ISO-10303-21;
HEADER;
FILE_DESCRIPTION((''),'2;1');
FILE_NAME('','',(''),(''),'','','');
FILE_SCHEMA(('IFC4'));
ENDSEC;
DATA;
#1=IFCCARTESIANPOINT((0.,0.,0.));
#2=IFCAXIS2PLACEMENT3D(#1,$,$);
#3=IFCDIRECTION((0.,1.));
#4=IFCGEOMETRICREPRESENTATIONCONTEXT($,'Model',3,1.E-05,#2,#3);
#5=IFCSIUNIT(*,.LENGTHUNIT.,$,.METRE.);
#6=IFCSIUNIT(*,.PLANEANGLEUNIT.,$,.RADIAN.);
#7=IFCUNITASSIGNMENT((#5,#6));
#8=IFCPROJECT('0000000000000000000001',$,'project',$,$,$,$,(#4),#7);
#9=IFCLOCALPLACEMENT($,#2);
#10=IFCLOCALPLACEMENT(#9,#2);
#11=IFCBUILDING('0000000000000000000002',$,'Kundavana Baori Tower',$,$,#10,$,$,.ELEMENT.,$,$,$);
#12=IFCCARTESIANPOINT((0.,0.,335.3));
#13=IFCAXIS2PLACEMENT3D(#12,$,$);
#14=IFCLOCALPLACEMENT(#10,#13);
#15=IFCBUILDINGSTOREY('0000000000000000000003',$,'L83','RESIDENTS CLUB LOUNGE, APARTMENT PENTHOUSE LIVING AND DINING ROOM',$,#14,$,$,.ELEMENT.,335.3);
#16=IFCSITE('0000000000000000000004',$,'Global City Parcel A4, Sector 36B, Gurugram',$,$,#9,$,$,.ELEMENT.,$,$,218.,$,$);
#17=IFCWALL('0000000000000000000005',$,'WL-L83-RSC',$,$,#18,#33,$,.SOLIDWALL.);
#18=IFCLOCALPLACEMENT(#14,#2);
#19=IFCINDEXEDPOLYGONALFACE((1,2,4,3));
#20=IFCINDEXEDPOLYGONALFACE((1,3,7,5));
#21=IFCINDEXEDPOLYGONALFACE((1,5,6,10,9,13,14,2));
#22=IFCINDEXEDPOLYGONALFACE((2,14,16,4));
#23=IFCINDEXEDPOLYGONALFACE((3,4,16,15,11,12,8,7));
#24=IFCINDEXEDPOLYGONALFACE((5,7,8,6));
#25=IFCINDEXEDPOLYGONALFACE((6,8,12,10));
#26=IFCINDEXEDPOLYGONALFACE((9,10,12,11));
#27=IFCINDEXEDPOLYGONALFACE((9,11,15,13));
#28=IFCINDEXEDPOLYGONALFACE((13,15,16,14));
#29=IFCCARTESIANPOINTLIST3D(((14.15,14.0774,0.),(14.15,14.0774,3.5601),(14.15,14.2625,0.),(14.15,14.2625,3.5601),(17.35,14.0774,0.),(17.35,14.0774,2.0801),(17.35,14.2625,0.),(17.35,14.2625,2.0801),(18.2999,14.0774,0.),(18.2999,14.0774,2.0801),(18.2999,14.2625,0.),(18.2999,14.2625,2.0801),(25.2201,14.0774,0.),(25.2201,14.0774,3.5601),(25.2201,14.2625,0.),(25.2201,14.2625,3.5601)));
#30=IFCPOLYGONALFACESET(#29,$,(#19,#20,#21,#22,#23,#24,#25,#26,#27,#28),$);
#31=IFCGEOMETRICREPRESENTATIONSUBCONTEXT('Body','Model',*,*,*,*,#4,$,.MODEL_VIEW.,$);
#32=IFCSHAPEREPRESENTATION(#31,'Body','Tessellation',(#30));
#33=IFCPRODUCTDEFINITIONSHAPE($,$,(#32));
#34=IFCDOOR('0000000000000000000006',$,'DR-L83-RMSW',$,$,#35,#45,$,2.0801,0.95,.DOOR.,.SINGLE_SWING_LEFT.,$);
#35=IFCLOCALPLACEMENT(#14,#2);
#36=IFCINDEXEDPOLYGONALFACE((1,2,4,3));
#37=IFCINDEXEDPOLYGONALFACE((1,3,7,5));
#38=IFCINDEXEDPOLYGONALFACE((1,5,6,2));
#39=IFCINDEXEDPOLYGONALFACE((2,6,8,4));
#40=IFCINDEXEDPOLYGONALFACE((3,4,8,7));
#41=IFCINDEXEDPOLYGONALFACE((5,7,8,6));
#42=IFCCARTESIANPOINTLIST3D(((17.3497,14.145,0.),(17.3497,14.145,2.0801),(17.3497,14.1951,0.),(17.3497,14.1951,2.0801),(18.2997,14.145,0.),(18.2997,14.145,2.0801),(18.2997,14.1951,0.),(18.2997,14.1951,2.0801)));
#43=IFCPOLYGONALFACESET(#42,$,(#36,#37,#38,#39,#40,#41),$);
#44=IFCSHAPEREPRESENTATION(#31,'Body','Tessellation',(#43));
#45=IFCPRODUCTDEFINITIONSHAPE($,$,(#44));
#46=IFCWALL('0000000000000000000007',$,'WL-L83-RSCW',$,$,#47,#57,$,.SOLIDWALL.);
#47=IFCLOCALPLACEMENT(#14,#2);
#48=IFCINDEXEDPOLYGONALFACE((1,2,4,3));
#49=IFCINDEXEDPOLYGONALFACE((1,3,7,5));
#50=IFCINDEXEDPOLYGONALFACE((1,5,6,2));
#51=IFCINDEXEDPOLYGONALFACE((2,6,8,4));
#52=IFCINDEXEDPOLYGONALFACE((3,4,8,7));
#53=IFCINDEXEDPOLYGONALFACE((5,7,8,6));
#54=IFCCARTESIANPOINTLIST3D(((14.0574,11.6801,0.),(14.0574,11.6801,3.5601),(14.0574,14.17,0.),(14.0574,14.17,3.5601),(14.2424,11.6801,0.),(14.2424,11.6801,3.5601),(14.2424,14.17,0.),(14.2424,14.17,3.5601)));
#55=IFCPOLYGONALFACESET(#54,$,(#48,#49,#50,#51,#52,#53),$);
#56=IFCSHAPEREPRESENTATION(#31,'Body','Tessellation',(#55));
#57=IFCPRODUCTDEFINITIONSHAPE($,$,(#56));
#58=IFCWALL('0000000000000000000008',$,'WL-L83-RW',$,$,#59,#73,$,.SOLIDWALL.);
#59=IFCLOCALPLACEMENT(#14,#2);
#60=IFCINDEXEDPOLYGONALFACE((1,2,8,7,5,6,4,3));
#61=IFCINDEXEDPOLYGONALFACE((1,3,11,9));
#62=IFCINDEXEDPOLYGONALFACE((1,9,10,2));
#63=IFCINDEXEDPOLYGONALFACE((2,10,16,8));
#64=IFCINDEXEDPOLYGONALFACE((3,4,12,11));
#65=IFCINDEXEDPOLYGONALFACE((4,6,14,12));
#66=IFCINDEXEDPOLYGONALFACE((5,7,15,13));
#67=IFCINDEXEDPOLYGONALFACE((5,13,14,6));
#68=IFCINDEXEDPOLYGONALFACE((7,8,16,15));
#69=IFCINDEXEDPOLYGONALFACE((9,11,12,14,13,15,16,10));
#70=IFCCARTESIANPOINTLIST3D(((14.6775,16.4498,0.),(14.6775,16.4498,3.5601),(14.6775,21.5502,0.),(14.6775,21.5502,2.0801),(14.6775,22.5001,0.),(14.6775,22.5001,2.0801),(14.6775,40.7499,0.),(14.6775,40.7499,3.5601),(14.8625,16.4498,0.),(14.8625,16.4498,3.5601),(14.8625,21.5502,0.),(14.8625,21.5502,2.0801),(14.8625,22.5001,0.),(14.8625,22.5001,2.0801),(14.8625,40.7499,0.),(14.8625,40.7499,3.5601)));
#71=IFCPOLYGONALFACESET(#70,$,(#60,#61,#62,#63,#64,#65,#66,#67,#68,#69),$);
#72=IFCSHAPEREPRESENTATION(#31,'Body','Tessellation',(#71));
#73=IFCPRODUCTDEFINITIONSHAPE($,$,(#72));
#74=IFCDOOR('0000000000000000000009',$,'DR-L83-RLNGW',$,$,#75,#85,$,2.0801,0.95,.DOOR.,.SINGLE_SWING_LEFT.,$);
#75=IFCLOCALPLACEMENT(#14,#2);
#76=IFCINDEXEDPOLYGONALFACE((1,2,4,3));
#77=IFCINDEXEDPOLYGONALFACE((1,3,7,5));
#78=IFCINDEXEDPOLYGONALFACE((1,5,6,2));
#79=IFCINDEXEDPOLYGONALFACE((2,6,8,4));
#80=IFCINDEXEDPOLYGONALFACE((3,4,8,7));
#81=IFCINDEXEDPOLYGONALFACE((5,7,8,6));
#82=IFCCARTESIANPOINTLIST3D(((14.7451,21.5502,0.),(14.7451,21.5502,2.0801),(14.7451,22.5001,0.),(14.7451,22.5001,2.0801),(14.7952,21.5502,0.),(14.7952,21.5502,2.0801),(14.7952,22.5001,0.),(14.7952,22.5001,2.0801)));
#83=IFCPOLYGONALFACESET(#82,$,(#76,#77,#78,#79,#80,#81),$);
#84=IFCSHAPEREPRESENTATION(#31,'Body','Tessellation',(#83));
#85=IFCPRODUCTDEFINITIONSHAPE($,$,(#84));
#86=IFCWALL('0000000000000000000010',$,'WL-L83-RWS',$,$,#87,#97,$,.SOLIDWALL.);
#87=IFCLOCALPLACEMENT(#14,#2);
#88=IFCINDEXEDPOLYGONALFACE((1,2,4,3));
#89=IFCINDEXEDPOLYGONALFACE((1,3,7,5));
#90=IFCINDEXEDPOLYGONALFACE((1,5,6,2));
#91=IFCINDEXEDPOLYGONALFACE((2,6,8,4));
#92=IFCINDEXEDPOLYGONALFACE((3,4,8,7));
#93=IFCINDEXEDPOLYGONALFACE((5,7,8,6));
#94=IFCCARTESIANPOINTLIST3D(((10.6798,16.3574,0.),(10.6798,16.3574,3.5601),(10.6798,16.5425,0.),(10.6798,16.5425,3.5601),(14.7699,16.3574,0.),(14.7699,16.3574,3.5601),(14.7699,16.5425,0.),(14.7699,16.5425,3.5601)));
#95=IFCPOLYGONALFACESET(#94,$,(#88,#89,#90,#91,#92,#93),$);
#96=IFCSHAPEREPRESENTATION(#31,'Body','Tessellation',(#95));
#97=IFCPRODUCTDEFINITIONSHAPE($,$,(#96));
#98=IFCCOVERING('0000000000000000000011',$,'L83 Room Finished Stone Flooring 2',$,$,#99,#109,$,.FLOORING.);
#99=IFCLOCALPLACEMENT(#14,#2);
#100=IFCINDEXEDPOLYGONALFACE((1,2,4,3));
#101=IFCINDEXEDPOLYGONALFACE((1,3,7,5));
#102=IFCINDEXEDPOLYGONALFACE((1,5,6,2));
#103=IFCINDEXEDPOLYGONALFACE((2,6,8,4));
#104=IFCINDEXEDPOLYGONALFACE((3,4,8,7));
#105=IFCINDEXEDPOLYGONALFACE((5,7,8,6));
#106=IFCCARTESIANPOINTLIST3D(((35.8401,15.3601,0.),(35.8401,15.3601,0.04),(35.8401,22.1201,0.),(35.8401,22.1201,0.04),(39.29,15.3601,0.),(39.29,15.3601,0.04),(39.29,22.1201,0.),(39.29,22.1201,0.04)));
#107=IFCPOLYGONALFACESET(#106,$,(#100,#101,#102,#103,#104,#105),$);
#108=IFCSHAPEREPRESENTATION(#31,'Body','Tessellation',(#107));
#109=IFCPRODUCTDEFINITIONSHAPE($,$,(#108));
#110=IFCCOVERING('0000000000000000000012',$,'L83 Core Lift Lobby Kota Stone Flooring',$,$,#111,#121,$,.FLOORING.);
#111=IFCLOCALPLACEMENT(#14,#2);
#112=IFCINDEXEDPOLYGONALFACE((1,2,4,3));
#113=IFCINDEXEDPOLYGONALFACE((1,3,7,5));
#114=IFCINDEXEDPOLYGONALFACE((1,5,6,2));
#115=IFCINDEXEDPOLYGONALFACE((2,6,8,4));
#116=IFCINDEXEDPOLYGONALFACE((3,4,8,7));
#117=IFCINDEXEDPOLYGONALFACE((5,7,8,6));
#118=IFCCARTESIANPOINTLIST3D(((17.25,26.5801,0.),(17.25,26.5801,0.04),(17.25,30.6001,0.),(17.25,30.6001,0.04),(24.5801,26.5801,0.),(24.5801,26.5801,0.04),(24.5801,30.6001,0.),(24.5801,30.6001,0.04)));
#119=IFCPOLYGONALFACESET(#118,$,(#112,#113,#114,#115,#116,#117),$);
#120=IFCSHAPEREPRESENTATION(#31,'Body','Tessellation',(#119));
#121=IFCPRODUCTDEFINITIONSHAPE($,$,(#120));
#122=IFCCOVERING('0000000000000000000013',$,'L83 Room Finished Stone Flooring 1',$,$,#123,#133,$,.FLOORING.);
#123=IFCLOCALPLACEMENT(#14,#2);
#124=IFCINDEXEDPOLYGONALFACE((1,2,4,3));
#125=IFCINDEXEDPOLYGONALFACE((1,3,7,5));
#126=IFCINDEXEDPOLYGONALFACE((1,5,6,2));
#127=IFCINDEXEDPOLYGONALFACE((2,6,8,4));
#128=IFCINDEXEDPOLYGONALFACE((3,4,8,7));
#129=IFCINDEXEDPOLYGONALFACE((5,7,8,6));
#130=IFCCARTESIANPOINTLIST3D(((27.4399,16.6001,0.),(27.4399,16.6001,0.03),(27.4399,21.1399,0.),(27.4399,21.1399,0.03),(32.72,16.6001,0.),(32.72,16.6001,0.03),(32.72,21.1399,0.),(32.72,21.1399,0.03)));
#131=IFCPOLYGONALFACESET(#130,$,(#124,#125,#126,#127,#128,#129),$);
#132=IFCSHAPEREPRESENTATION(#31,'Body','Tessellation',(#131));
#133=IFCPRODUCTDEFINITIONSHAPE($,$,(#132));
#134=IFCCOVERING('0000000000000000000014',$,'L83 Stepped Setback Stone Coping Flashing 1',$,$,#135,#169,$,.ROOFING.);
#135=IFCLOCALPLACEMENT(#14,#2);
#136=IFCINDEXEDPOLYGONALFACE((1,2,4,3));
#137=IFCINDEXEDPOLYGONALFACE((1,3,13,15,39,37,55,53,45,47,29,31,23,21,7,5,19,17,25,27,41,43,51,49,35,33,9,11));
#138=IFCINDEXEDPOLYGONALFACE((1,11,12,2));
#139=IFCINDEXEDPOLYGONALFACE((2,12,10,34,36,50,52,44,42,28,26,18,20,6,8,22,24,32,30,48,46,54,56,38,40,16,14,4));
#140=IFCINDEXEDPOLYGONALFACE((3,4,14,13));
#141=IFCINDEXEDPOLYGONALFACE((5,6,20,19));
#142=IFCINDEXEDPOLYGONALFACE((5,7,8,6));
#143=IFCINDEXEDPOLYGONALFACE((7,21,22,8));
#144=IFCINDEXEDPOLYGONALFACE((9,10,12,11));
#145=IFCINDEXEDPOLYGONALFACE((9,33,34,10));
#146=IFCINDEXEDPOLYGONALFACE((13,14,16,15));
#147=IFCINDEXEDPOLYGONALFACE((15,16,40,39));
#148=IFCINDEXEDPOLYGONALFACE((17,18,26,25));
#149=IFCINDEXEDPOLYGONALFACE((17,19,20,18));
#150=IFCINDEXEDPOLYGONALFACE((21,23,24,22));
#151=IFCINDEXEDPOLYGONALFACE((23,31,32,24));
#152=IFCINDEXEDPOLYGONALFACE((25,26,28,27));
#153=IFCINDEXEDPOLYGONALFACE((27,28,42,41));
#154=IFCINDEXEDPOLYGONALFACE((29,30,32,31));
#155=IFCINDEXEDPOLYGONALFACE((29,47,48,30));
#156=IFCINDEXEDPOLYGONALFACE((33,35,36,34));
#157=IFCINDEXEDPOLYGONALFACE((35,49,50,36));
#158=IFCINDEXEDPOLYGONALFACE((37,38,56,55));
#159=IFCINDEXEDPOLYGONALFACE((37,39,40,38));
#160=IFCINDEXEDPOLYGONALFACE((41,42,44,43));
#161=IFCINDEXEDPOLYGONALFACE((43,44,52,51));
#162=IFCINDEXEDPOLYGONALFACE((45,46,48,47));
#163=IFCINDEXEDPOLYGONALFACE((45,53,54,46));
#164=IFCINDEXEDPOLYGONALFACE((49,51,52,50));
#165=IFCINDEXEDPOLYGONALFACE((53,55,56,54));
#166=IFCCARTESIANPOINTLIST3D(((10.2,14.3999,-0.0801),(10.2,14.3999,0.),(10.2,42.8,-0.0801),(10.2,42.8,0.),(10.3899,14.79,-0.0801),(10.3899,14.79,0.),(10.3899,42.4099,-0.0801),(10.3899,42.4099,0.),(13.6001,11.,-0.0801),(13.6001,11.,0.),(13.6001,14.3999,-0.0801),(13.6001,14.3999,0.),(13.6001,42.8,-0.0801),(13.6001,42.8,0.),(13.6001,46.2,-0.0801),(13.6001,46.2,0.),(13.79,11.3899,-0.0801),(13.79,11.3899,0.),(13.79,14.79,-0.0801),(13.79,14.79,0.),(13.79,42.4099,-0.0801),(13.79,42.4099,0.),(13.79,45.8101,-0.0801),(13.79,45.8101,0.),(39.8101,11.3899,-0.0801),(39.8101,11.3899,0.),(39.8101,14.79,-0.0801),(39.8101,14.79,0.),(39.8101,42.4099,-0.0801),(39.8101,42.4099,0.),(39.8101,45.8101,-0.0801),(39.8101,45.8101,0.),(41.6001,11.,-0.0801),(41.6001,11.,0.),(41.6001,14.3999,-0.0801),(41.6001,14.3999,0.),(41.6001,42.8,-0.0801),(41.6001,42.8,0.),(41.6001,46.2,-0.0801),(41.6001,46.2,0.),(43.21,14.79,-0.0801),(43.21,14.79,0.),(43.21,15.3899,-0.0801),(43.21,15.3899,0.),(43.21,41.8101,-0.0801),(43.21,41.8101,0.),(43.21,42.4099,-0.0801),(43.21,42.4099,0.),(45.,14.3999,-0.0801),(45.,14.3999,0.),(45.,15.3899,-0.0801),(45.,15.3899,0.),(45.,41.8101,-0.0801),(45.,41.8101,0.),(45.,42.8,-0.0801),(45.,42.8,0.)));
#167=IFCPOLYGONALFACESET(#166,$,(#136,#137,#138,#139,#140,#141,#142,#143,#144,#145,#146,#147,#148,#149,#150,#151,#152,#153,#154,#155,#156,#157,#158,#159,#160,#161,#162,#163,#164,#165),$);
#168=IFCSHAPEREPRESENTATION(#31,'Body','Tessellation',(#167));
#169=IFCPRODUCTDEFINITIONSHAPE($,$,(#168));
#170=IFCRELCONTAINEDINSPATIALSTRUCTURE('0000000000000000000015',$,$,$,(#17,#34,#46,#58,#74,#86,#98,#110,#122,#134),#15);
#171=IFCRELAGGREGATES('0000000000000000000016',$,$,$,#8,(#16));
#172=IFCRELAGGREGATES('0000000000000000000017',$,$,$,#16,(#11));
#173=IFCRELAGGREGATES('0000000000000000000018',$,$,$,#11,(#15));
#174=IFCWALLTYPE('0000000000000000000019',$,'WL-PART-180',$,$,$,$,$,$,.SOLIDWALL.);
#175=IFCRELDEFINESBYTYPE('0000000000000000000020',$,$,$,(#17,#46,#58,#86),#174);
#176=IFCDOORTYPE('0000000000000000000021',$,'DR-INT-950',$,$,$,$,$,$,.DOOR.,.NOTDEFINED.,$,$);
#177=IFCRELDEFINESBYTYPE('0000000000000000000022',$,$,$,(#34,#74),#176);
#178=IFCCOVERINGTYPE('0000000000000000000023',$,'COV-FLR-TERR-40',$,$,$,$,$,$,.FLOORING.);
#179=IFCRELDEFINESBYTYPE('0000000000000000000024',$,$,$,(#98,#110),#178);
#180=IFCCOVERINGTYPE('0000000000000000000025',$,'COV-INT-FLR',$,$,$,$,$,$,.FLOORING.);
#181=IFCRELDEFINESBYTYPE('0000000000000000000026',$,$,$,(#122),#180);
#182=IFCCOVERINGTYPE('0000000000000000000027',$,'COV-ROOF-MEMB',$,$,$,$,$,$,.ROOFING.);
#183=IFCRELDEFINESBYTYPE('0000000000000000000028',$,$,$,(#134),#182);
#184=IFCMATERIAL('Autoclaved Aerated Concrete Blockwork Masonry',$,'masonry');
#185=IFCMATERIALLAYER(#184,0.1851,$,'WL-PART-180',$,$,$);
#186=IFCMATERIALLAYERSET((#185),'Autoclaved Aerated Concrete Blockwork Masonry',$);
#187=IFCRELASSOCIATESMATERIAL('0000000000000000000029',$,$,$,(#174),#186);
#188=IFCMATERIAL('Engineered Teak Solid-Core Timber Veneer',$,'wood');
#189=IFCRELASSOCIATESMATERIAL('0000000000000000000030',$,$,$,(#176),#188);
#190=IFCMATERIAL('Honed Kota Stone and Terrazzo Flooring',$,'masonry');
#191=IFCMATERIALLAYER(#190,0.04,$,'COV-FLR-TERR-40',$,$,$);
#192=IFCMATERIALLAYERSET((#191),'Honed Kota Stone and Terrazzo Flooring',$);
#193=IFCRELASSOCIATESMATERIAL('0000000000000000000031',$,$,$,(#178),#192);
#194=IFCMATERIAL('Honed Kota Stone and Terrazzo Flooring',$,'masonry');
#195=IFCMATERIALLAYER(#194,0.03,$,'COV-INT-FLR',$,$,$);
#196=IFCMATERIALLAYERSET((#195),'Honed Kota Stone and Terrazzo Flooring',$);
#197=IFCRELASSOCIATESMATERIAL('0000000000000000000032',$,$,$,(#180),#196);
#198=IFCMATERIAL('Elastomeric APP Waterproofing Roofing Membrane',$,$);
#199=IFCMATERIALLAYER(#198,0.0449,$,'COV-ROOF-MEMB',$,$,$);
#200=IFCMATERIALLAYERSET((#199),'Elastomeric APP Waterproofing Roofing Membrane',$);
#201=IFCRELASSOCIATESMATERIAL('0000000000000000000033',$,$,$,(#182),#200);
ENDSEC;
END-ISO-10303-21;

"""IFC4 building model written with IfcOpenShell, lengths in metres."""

from ifc_helpers import new_model, si_unit, direction, frame, frame_2d, origin, place, context, subcontext, project, spatial, polyline, rectangle, outline, extrude, material, layer, layer_set, type_object, element, fill, save


model = new_model("IFC4")

# Units and contexts
model_context = context("Model", 3, precision=1e-05, world=origin(), true_north=direction((0.0, 1.0)))
body_context = subcontext(model_context, "Body", "Model", "MODEL_VIEW")
ifc_project = project(units=[si_unit("LENGTHUNIT", "METRE"), si_unit("PLANEANGLEUNIT", "RADIAN")], contexts=[model_context])

# Site, building, storey
site_placement = place(None, origin())
site = spatial("IfcSite", under=ifc_project, at=site_placement, Name="Global City Parcel A4, Sector 36B, Gurugram", CompositionType="ELEMENT", RefElevation=218.0)
building_placement = place(site_placement, origin())
building = spatial("IfcBuilding", under=site, at=building_placement, Name="Kundavana Baori Tower", CompositionType="ELEMENT")
storey_placement = place(building_placement, frame((0.0, 0.0, 335.3)))
storey = spatial("IfcBuildingStorey", under=building, at=storey_placement, Name="L83", Description="RESIDENTS CLUB LOUNGE, APARTMENT PENTHOUSE LIVING AND DINING ROOM", CompositionType="ELEMENT", Elevation=335.3)

# Wall, opening, door
ifc_material_1 = material(Name="Autoclaved Aerated Concrete Blockwork Masonry", Category="masonry")
ifc_layer_1 = layer(ifc_material_1, 0.1851, Name="WL-PART-180")
ifc_layer_set_1 = layer_set([ifc_layer_1], Name="Autoclaved Aerated Concrete Blockwork Masonry")
wall_type_1 = type_object("IfcWallType", Name="WL-PART-180", PredefinedType="SOLIDWALL", material=ifc_layer_set_1)
wall_1_placement = place(storey_placement, frame((14.1499, 14.1699, 0.0), z_axis=(0.0, 0.0, 1.0), x_axis=(1.0, 0.0, 0.0)))
wall_1 = element("IfcWall", 1, at=wall_1_placement, inside=storey, type_object=wall_type_1, Name="WL-L83-RSC", PredefinedType="SOLIDWALL", context=body_context, shape_type="SweptSolid", body=[
    extrude(rectangle(XDim=11.0701, YDim=0.1851, at=frame_2d((5.5352, 0.0))), origin(), (0.0, 0.0, 1.0), 3.5601),
])
opening_1_placement = place(wall_1_placement, frame((3.2, 0.0, 0.0)))
opening_1 = element("IfcOpeningElement", 2, at=opening_1_placement, cuts=wall_1, PredefinedType="OPENING", context=body_context, shape_type="SweptSolid", body=[
    extrude(rectangle(XDim=0.95, YDim=2.0801, at=frame_2d((0.4751, 1.04))), frame((0.0, 0.1025, 0.0), z_axis=(0.0, -1.0, 0.0), x_axis=(1.0, 0.0, 0.0)), (0.0, 0.0, 1.0), 0.2051),
])
ifc_material_2 = material(Name="Engineered Teak Solid-Core Timber Veneer", Category="wood")
door_type = type_object("IfcDoorType", Name="DR-INT-950", OperationType="NOTDEFINED", PredefinedType="DOOR", material=ifc_material_2)
door_1_placement = place(opening_1_placement, frame((0.95, 0.0, 0.0), z_axis=(0.0, 0.0, 1.0), x_axis=(-1.0, 0.0, 0.0)))
door_1 = element("IfcDoor", 3, at=door_1_placement, inside=storey, type_object=door_type, Name="DR-L83-RMSW", OperationType="SINGLE_SWING_LEFT", OverallHeight=2.0801, OverallWidth=0.95, PredefinedType="DOOR", context=body_context, shape_type="SweptSolid", body=[
    extrude(rectangle(XDim=0.95, YDim=2.0801, at=frame_2d((0.4751, 1.04))), frame((0.0, 0.0249, 0.0), z_axis=(0.0, -1.0, 0.0), x_axis=(1.0, 0.0, 0.0)), (0.0, 0.0, 1.0), 0.05),
])
fill(opening_1, door_1)

# Wall
wall_2_placement = place(storey_placement, frame((14.1499, 11.6799, 0.0), z_axis=(0.0, 0.0, 1.0), x_axis=(0.0, 1.0, 0.0)))
element("IfcWall", 4, at=wall_2_placement, inside=storey, type_object=wall_type_1, Name="WL-L83-RSCW", PredefinedType="SOLIDWALL", context=body_context, shape_type="SweptSolid", body=[
    extrude(rectangle(XDim=2.49, YDim=0.1851, at=frame_2d((1.2451, 0.0))), origin(), (0.0, 0.0, 1.0), 3.5601),
])

# Wall, opening, door
wall_3_placement = place(storey_placement, frame((14.77, 16.45, 0.0), z_axis=(0.0, 0.0, 1.0), x_axis=(0.0, 1.0, 0.0)))
wall_3 = element("IfcWall", 5, at=wall_3_placement, inside=storey, type_object=wall_type_1, Name="WL-L83-RW", PredefinedType="SOLIDWALL", context=body_context, shape_type="SweptSolid", body=[
    extrude(rectangle(XDim=24.3, YDim=0.1851, at=frame_2d((12.1499, 0.0))), origin(), (0.0, 0.0, 1.0), 3.5601),
])
opening_2_placement = place(wall_3_placement, frame((5.1001, 0.0, 0.0)))
opening_2 = element("IfcOpeningElement", 6, at=opening_2_placement, cuts=wall_3, PredefinedType="OPENING", context=body_context, shape_type="SweptSolid", body=[
    extrude(rectangle(XDim=0.95, YDim=2.0801, at=frame_2d((0.4751, 1.04))), frame((0.0, 0.1025, 0.0), z_axis=(0.0, -1.0, 0.0), x_axis=(1.0, 0.0, 0.0)), (0.0, 0.0, 1.0), 0.2051),
])
door_2_placement = place(opening_2_placement, origin())
door_2 = element("IfcDoor", 7, at=door_2_placement, inside=storey, type_object=door_type, Name="DR-L83-RLNGW", OperationType="SINGLE_SWING_LEFT", OverallHeight=2.0801, OverallWidth=0.95, PredefinedType="DOOR", context=body_context, shape_type="SweptSolid", body=[
    extrude(rectangle(XDim=0.95, YDim=2.0801, at=frame_2d((0.4751, 1.04))), frame((0.0, 0.0249, 0.0), z_axis=(0.0, -1.0, 0.0), x_axis=(1.0, 0.0, 0.0)), (0.0, 0.0, 1.0), 0.05),
])
fill(opening_2, door_2)

# Wall
wall_4_placement = place(storey_placement, frame((10.6799, 16.45, 0.0), z_axis=(0.0, 0.0, 1.0), x_axis=(1.0, 0.0, 0.0)))
element("IfcWall", 8, at=wall_4_placement, inside=storey, type_object=wall_type_1, Name="WL-L83-RWS", PredefinedType="SOLIDWALL", context=body_context, shape_type="SweptSolid", body=[
    extrude(rectangle(XDim=4.0901, YDim=0.1851, at=frame_2d((2.0449, 0.0))), origin(), (0.0, 0.0, 1.0), 3.5601),
])

# Coverings
ifc_material_3 = material(Name="Honed Kota Stone and Terrazzo Flooring", Category="masonry")
ifc_layer_2 = layer(ifc_material_3, 0.04, Name="COV-FLR-TERR-40")
ifc_layer_set_2 = layer_set([ifc_layer_2], Name="Honed Kota Stone and Terrazzo Flooring")
covering_type_1 = type_object("IfcCoveringType", Name="COV-FLR-TERR-40", PredefinedType="FLOORING", material=ifc_layer_set_2)
covering_1_placement = place(storey_placement, origin())
element("IfcCovering", 9, at=covering_1_placement, inside=storey, type_object=covering_type_1, Name="L83 Room Finished Stone Flooring 2", PredefinedType="FLOORING", context=body_context, shape_type="SweptSolid", body=[
    extrude(outline(polyline([(35.8401, 15.3601), (39.29, 15.3601), (39.29, 22.1201), (35.8401, 22.1201), (35.8401, 15.3601)])), origin(), (0.0, 0.0, 1.0), 0.04),
])
covering_2_placement = place(storey_placement, origin())
element("IfcCovering", 10, at=covering_2_placement, inside=storey, type_object=covering_type_1, Name="L83 Core Lift Lobby Kota Stone Flooring", PredefinedType="FLOORING", context=body_context, shape_type="SweptSolid", body=[
    extrude(outline(polyline([(17.25, 26.5801), (24.5801, 26.5801), (24.5801, 30.6001), (17.25, 30.6001), (17.25, 26.5801)])), origin(), (0.0, 0.0, 1.0), 0.04),
])
ifc_material_4 = material(Name="Honed Kota Stone and Terrazzo Flooring", Category="masonry")
ifc_layer_3 = layer(ifc_material_4, 0.03, Name="COV-INT-FLR")
ifc_layer_set_3 = layer_set([ifc_layer_3], Name="Honed Kota Stone and Terrazzo Flooring")
covering_type_2 = type_object("IfcCoveringType", Name="COV-INT-FLR", PredefinedType="FLOORING", material=ifc_layer_set_3)
covering_3_placement = place(storey_placement, origin())
element("IfcCovering", 11, at=covering_3_placement, inside=storey, type_object=covering_type_2, Name="L83 Room Finished Stone Flooring 1", PredefinedType="FLOORING", context=body_context, shape_type="SweptSolid", body=[
    extrude(outline(polyline([(27.4399, 16.6001), (32.72, 16.6001), (32.72, 21.1399), (27.4399, 21.1399), (27.4399, 16.6001)])), origin(), (0.0, 0.0, 1.0), 0.03),
])
ifc_material_5 = material(Name="Elastomeric APP Waterproofing Roofing Membrane")
ifc_layer_4 = layer(ifc_material_5, 0.0449, Name="COV-ROOF-MEMB")
ifc_layer_set_4 = layer_set([ifc_layer_4], Name="Elastomeric APP Waterproofing Roofing Membrane")
covering_type_3 = type_object("IfcCoveringType", Name="COV-ROOF-MEMB", PredefinedType="ROOFING", material=ifc_layer_set_4)
covering_4_placement = place(storey_placement, frame((0.0, 0.0, -0.0801)))
element("IfcCovering", 12, at=covering_4_placement, inside=storey, type_object=covering_type_3, Name="L83 Stepped Setback Stone Coping Flashing 1", PredefinedType="ROOFING", context=body_context, shape_type="SweptSolid", body=[
    extrude(outline(polyline([(45.0, 14.3999), (41.6001, 14.3999), (41.6001, 11.0), (13.6001, 11.0), (13.6001, 14.3999), (10.2, 14.3999), (10.2, 42.8), (13.6001, 42.8), (13.6001, 46.2), (41.6001, 46.2), (41.6001, 42.8), (45.0, 42.8), (45.0, 41.8101), (43.21, 41.8101), (43.21, 42.4099), (39.8101, 42.4099), (39.8101, 45.8101), (13.79, 45.8101), (13.79, 42.4099), (10.3899, 42.4099), (10.3899, 14.79), (13.79, 14.79), (13.79, 11.3899), (39.8101, 11.3899), (39.8101, 14.79), (43.21, 14.79), (43.21, 15.3899), (45.0, 15.3899), (45.0, 14.3999)])), origin(), (0.0, 0.0, 1.0), 0.0801),
])

save(model, "model.ifc")
